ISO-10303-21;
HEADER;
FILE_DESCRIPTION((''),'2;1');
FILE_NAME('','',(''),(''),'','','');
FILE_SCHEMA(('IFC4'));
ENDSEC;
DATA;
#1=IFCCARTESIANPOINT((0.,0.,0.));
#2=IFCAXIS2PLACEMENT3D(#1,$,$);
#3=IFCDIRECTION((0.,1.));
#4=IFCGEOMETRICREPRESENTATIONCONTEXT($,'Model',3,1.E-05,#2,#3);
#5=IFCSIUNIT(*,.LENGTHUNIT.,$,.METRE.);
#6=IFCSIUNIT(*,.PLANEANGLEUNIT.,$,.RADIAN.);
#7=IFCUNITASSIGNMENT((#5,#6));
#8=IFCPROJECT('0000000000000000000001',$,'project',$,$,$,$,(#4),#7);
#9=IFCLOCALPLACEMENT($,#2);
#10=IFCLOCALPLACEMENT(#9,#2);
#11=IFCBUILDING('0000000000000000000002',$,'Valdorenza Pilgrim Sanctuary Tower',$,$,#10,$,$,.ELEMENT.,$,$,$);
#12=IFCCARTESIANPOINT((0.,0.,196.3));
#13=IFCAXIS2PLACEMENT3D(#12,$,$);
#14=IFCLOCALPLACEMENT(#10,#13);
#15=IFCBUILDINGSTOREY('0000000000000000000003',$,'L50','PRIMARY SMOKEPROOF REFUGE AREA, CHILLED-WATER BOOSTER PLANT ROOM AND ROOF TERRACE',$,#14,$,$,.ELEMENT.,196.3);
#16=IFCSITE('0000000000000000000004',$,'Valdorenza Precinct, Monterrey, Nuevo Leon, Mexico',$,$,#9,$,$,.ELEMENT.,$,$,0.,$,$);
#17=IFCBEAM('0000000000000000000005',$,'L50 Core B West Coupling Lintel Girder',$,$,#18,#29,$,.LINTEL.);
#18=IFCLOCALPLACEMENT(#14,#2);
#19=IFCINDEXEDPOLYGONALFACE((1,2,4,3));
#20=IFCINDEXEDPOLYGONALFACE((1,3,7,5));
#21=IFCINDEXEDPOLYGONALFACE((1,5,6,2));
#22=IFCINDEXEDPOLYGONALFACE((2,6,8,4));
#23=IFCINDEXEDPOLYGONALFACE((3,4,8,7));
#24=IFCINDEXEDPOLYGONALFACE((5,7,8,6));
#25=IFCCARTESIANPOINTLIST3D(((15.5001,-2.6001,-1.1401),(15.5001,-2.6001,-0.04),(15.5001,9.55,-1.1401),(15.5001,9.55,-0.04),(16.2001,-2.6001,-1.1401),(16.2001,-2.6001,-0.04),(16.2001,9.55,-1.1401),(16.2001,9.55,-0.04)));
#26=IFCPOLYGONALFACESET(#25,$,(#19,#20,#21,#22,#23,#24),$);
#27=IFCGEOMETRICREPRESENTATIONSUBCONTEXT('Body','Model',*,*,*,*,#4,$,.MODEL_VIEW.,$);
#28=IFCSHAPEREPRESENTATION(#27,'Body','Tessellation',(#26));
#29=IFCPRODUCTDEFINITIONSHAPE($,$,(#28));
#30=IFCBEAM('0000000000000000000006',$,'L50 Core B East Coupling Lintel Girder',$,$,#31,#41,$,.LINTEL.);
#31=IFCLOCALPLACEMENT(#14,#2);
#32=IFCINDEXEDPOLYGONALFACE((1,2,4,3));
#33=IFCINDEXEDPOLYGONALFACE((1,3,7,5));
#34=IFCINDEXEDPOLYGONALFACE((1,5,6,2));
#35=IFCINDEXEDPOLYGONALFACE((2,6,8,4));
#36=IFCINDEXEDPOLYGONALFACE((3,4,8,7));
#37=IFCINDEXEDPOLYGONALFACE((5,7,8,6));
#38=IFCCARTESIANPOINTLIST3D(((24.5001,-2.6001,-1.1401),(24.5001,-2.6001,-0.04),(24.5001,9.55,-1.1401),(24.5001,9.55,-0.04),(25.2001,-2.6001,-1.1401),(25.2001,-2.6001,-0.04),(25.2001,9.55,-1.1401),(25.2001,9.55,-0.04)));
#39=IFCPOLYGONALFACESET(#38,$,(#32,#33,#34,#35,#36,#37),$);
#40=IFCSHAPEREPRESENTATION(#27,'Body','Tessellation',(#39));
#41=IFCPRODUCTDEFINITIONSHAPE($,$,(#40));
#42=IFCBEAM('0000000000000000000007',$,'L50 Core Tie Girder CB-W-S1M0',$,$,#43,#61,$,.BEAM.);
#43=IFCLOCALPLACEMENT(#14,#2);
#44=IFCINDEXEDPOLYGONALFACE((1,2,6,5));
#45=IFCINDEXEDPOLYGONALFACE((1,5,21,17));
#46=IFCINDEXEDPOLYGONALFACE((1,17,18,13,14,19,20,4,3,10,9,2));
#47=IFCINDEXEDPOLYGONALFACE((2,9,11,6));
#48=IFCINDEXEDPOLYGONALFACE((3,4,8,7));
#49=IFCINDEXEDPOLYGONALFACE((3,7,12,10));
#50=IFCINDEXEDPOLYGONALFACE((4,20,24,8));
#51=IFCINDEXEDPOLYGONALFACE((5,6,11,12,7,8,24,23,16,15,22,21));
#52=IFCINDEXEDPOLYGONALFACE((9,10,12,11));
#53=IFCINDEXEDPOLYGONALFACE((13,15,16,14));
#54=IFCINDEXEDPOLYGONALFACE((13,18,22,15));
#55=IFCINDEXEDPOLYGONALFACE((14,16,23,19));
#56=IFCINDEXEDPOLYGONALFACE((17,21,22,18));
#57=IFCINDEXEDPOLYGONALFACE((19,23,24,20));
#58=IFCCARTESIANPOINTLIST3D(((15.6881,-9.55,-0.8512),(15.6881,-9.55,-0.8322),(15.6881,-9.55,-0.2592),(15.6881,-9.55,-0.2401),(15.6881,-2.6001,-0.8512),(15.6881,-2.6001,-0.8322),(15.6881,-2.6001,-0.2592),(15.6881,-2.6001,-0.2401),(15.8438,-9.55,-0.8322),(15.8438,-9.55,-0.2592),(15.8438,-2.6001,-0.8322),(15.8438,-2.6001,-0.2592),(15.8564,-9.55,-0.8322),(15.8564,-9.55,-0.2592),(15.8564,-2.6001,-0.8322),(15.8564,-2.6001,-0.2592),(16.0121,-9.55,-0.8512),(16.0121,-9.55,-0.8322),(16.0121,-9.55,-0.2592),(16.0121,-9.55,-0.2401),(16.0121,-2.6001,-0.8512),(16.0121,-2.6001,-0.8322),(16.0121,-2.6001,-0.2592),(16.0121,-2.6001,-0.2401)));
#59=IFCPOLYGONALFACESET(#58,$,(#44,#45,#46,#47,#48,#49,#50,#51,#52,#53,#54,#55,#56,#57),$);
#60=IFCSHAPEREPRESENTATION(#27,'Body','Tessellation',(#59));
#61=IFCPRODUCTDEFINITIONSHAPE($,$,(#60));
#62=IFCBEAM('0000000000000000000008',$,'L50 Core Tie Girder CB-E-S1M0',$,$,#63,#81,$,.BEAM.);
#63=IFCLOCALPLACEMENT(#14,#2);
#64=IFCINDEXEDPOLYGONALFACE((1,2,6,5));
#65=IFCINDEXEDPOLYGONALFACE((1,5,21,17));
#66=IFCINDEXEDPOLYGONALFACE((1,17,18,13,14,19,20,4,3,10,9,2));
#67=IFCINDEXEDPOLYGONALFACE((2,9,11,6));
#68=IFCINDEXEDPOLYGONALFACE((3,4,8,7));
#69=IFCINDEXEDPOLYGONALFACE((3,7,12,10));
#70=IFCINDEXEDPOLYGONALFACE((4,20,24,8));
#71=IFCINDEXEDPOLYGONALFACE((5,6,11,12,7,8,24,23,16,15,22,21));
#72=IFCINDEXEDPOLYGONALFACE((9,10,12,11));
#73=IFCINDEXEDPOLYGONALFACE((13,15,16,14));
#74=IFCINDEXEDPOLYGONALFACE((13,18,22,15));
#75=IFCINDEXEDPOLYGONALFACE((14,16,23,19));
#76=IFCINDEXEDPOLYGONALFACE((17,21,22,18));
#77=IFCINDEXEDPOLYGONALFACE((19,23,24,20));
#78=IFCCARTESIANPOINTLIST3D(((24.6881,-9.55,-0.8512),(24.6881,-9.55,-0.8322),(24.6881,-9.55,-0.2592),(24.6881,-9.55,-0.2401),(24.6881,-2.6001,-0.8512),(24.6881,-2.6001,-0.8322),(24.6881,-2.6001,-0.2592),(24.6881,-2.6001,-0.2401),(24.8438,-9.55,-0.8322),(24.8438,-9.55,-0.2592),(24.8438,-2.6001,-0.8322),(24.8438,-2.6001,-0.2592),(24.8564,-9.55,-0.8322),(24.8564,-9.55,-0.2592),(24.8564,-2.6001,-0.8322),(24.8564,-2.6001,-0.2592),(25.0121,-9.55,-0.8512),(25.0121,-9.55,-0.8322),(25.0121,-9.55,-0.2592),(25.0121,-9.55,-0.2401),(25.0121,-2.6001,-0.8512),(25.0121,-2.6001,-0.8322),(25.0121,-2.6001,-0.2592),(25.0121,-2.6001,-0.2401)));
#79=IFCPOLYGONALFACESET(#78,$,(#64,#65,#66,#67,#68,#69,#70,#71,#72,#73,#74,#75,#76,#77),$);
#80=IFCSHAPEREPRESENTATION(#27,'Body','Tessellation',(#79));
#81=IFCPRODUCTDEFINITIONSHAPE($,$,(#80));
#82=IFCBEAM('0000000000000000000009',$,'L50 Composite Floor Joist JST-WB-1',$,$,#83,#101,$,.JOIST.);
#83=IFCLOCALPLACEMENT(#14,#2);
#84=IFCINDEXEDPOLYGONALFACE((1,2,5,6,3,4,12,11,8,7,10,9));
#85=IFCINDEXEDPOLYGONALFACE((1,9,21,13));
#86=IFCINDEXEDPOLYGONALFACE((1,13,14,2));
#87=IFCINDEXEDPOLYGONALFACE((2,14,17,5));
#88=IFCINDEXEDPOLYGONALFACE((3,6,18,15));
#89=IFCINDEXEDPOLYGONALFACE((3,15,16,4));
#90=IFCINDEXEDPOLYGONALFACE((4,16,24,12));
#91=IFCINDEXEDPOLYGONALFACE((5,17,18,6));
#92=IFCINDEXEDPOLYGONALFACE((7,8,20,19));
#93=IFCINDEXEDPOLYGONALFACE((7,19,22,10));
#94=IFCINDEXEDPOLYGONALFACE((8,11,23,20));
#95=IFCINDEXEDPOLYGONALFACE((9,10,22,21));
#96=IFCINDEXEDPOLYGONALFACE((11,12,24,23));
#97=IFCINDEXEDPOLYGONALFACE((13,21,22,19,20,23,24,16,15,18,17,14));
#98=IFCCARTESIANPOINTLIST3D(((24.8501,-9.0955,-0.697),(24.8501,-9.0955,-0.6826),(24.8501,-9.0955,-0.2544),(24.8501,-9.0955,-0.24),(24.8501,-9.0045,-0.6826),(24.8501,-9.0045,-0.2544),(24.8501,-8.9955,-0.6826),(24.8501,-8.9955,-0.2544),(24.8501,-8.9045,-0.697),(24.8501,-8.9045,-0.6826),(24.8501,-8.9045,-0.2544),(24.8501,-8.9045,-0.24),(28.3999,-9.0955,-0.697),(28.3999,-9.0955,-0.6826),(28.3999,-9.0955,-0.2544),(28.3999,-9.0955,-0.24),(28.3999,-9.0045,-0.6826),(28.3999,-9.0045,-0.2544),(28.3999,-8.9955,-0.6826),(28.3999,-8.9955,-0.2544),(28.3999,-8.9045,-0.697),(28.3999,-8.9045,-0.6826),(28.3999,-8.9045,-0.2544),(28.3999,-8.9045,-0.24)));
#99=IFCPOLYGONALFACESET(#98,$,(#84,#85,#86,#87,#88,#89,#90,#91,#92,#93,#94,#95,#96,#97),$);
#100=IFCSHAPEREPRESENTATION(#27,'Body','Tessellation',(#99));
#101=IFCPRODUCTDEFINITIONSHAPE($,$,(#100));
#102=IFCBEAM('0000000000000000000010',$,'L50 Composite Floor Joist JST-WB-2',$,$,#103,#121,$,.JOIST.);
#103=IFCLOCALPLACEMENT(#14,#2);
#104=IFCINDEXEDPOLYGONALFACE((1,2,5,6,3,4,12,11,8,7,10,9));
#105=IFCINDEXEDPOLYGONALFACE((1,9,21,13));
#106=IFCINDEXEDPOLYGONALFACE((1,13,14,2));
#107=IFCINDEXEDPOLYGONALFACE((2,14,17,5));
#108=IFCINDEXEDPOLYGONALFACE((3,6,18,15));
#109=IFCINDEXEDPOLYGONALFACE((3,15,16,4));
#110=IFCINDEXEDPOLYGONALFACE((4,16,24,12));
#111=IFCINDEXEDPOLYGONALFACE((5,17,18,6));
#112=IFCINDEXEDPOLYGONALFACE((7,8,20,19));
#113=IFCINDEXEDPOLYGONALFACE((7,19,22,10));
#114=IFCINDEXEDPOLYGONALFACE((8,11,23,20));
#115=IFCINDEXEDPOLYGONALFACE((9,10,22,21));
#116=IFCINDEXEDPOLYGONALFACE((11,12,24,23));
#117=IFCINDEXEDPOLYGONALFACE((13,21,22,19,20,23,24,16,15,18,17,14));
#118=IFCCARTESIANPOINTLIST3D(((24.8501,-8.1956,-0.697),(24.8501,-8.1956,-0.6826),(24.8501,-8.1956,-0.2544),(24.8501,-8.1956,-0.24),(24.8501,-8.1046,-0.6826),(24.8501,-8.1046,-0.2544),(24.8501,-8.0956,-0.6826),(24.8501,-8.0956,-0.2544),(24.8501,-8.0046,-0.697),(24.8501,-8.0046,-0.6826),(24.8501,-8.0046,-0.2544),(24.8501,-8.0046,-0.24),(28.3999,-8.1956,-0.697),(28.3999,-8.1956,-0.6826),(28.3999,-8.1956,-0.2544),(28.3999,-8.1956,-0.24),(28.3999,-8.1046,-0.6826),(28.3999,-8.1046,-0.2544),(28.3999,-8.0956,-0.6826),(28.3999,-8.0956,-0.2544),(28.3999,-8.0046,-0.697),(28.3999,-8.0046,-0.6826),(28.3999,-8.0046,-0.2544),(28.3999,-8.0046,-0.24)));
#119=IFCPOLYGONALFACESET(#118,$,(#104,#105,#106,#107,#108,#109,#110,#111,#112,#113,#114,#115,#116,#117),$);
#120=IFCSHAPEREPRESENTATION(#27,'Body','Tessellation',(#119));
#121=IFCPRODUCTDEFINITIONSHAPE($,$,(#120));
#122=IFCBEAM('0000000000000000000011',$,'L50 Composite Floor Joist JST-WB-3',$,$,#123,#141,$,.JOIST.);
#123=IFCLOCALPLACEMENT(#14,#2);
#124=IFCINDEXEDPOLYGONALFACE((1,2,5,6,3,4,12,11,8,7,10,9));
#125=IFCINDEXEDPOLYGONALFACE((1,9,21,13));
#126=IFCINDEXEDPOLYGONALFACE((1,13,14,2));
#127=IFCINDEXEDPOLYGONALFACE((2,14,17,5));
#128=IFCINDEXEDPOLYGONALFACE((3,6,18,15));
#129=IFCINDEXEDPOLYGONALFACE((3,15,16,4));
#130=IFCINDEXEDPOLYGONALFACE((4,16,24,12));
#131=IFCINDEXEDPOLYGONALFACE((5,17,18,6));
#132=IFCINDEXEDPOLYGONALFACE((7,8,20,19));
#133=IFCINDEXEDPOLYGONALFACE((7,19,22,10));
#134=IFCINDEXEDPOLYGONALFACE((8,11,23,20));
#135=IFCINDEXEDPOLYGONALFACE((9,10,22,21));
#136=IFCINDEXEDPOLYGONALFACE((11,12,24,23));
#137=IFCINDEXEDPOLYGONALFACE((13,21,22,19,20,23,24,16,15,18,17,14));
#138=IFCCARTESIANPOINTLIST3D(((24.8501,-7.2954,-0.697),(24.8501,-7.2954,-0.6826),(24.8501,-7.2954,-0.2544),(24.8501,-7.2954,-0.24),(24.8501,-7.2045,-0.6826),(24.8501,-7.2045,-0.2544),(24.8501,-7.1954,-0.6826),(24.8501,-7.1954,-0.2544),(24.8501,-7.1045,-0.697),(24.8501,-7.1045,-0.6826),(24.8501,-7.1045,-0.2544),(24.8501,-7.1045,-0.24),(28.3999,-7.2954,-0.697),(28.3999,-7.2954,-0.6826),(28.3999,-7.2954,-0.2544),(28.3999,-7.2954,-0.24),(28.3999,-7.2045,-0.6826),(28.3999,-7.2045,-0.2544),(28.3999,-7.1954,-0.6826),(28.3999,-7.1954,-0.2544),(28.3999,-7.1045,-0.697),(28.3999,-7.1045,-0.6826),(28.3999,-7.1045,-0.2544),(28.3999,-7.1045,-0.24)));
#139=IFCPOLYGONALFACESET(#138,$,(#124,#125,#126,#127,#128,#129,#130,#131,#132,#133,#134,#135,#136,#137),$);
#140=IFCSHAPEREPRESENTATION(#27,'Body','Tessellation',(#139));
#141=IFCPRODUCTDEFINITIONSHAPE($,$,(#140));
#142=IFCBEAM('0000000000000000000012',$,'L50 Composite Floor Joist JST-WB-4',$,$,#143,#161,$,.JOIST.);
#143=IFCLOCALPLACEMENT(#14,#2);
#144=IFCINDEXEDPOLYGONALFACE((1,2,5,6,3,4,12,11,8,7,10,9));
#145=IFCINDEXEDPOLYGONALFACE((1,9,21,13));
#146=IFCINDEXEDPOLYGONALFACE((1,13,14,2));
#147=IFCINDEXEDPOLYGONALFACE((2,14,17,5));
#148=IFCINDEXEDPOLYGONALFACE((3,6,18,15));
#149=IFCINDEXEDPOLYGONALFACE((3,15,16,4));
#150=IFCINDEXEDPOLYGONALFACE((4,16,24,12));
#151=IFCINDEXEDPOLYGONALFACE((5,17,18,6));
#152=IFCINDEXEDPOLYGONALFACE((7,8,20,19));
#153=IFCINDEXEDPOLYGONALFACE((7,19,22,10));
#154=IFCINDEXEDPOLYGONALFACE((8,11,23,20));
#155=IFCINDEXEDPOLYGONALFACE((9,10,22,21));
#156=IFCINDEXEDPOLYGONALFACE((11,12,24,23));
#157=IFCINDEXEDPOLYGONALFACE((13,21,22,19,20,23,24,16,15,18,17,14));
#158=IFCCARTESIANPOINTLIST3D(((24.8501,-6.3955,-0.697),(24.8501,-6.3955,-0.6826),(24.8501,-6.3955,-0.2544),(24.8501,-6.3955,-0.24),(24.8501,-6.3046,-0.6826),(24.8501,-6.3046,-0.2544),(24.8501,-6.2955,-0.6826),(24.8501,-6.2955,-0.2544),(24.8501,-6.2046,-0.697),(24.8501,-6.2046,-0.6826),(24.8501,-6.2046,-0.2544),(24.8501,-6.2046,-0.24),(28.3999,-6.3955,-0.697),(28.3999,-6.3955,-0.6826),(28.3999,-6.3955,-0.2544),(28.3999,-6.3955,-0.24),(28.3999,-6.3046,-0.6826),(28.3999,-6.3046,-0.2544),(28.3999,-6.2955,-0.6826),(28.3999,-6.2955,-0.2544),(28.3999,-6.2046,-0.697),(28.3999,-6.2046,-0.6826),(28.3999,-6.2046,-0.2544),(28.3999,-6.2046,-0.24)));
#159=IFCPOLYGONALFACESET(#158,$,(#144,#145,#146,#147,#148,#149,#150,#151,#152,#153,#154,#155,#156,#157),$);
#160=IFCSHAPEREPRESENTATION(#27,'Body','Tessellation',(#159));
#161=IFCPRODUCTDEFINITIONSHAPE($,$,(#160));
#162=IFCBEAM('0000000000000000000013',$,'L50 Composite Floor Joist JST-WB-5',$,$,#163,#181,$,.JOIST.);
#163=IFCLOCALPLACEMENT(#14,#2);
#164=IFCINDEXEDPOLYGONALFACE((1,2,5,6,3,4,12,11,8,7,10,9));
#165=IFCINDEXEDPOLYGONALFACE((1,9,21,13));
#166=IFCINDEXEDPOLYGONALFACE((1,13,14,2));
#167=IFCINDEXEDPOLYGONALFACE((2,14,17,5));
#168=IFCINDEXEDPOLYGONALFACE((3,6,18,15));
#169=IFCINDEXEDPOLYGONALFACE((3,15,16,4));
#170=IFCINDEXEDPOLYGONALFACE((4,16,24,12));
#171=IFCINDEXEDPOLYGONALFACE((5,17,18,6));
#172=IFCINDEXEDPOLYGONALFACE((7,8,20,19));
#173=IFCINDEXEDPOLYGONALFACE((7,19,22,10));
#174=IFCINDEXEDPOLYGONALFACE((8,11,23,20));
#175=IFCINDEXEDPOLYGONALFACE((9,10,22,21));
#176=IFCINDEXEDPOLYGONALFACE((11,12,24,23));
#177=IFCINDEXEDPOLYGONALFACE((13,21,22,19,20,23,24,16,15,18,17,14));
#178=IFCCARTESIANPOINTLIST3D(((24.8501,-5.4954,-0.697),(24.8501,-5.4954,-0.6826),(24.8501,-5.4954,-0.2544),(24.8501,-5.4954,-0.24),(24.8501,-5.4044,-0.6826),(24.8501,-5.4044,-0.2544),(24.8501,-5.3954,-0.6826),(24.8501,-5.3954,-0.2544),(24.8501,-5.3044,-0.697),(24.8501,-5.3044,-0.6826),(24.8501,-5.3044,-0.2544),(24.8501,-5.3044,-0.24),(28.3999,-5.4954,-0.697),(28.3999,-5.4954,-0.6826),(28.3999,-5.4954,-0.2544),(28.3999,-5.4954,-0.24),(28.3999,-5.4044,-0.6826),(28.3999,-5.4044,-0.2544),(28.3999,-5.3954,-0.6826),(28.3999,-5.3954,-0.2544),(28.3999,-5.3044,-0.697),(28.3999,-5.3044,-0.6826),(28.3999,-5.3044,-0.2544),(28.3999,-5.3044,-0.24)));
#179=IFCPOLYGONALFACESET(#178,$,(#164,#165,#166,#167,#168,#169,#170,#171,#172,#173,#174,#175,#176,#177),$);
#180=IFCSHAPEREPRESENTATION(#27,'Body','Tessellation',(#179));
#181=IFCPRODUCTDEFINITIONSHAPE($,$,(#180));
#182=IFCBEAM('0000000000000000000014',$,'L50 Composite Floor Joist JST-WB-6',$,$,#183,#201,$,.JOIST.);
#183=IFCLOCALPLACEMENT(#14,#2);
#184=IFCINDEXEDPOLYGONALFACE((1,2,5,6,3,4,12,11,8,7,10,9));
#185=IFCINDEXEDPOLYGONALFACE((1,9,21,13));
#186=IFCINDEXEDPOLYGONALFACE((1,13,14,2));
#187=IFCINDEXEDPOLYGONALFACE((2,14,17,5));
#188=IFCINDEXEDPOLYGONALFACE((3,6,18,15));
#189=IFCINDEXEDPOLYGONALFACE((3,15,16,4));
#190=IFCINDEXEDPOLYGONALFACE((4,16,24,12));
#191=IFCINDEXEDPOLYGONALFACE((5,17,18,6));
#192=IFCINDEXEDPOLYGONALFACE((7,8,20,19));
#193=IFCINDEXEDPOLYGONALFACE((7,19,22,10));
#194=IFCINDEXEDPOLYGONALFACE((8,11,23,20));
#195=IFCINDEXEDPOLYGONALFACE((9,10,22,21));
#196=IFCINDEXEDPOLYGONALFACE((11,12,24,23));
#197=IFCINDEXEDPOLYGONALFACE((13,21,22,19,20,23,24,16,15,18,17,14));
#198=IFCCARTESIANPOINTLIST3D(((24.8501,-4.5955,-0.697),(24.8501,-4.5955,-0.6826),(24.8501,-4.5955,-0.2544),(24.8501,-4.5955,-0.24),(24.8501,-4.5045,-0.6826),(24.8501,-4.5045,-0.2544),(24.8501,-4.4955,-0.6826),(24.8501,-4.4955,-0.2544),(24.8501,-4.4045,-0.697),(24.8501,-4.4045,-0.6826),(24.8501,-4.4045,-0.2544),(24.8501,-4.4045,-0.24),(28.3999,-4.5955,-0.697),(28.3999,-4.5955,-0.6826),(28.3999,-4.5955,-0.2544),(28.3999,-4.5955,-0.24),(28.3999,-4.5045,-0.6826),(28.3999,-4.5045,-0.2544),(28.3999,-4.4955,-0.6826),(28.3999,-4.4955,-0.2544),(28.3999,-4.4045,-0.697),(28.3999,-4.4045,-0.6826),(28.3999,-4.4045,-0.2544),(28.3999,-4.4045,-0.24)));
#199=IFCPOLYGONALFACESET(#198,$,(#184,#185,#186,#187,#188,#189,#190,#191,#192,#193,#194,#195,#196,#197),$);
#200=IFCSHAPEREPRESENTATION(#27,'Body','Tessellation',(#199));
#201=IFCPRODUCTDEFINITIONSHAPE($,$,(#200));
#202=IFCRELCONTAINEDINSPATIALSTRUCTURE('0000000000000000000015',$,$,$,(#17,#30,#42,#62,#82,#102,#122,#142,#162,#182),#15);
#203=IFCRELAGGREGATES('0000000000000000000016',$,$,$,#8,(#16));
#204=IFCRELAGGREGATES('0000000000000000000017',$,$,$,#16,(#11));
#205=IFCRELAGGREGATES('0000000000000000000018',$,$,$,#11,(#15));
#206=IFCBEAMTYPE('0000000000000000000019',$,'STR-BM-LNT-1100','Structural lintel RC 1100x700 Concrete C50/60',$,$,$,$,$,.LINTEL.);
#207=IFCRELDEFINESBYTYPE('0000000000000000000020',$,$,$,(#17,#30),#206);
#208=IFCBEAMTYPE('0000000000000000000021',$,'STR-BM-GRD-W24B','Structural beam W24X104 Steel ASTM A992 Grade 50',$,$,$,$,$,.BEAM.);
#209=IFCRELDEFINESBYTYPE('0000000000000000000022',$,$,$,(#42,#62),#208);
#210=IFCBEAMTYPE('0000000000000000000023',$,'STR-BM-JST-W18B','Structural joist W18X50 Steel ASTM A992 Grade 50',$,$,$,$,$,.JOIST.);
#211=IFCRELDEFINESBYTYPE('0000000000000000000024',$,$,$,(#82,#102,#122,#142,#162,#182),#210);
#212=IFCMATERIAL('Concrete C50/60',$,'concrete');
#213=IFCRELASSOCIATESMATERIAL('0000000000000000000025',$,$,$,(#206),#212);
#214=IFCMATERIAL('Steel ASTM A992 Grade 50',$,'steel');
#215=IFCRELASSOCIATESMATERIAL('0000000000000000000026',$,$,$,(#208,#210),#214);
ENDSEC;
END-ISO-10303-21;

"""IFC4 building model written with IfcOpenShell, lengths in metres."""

from ifc_helpers import new_model, si_unit, direction, frame, origin, origin_2d, place, context, subcontext, project, spatial, rectangle, i_section, extrude, source, transform, mapped, material, material_profile, profile_set, type_object, element, save


model = new_model("IFC4")

# Units and contexts
model_context = context("Model", 3, precision=1e-05, world=origin(), true_north=direction((0.0, 1.0)))
body_context = subcontext(model_context, "Body", "Model", "MODEL_VIEW")
ifc_project = project(units=[si_unit("LENGTHUNIT", "METRE"), si_unit("PLANEANGLEUNIT", "RADIAN")], contexts=[model_context])

# Site, building, storey
site_placement = place(None, origin())
site = spatial("IfcSite", under=ifc_project, at=site_placement, Name="Valdorenza Precinct, Monterrey, Nuevo Leon, Mexico", CompositionType="ELEMENT", RefElevation=0.0)
building_placement = place(site_placement, origin())
building = spatial("IfcBuilding", under=site, at=building_placement, Name="Valdorenza Pilgrim Sanctuary Tower", CompositionType="ELEMENT")
storey_placement = place(building_placement, frame((0.0, 0.0, 196.3)))
storey = spatial("IfcBuildingStorey", under=building, at=storey_placement, Name="L50", Description="PRIMARY SMOKEPROOF REFUGE AREA, CHILLED-WATER BOOSTER PLANT ROOM AND ROOF TERRACE", CompositionType="ELEMENT", Elevation=196.3)

# Beams
ifc_material_1 = material(Name="Concrete C50/60", Category="concrete")
ifc_material_profile_1 = material_profile(ifc_material_1, rectangle(XDim=0.7, YDim=1.1001, at=origin_2d()), Name="RC 1100x700")
ifc_profile_set_1 = profile_set([ifc_material_profile_1], Name="Concrete C50/60")
beam_type_1 = type_object("IfcBeamType", Name="STR-BM-LNT-1100", Description="Structural lintel RC 1100x700 Concrete C50/60", PredefinedType="LINTEL", material=ifc_profile_set_1)
shared_shape_1 = source(origin(), body_context, "Body", "SweptSolid", [
    extrude(rectangle(XDim=0.7, YDim=1.1001, at=origin_2d()), origin(), (0.0, 0.0, 1.0), 12.1501),
])
for number, where, z_axis, x_axis, name in (
    (1, (15.8501, -2.6001, -0.5901), (0.0, 1.0, 0.0), (-1.0, 0.0, 0.0), "L50 Core B West Coupling Lintel Girder"),
    (2, (24.8501, -2.6001, -0.5901), (0.0, 1.0, 0.0), (-1.0, 0.0, 0.0), "L50 Core B East Coupling Lintel Girder"),
):
    element("IfcBeam", number, at=place(storey_placement, frame(where, z_axis=z_axis, x_axis=x_axis)), inside=storey, type_object=beam_type_1, Name=name, PredefinedType="LINTEL", context=body_context, shape_type="MappedRepresentation", body=[
        mapped(shared_shape_1, transform((0.0, 0.0, 0.0), x_axis=(1.0, 0.0, 0.0), y_axis=(0.0, 1.0, 0.0), z_axis=(0.0, 0.0, 1.0), scale=1.0)),
    ])
ifc_material_2 = material(Name="Steel ASTM A992 Grade 50", Category="steel")
ifc_material_profile_2 = material_profile(ifc_material_2, i_section(OverallWidth=0.324, OverallDepth=0.6111, WebThickness=0.0127, FlangeThickness=0.019, at=origin_2d()), Name="W24X104")
ifc_profile_set_2 = profile_set([ifc_material_profile_2], Name="Steel ASTM A992 Grade 50")
beam_type_2 = type_object("IfcBeamType", Name="STR-BM-GRD-W24B", Description="Structural beam W24X104 Steel ASTM A992 Grade 50", PredefinedType="BEAM", material=ifc_profile_set_2)
shared_shape_2 = source(origin(), body_context, "Body", "SweptSolid", [
    extrude(i_section(OverallWidth=0.324, OverallDepth=0.6111, WebThickness=0.0127, FlangeThickness=0.019, at=origin_2d()), origin(), (0.0, 0.0, 1.0), 6.95),
])
for number, where, z_axis, x_axis, name in (
    (3, (15.8501, -9.55, -0.5457), (0.0, 1.0, 0.0), (-1.0, 0.0, 0.0), "L50 Core Tie Girder CB-W-S1M0"),
    (4, (24.8501, -9.55, -0.5457), (0.0, 1.0, 0.0), (-1.0, 0.0, 0.0), "L50 Core Tie Girder CB-E-S1M0"),
):
    element("IfcBeam", number, at=place(storey_placement, frame(where, z_axis=z_axis, x_axis=x_axis)), inside=storey, type_object=beam_type_2, Name=name, PredefinedType="BEAM", context=body_context, shape_type="MappedRepresentation", body=[
        mapped(shared_shape_2, transform((0.0, 0.0, 0.0), x_axis=(1.0, 0.0, 0.0), y_axis=(0.0, 1.0, 0.0), z_axis=(0.0, 0.0, 1.0), scale=1.0)),
    ])
ifc_material_profile_3 = material_profile(ifc_material_2, i_section(OverallWidth=0.1909, OverallDepth=0.457, WebThickness=0.009, FlangeThickness=0.0144, at=origin_2d()), Name="W18X50")
ifc_profile_set_3 = profile_set([ifc_material_profile_3], Name="Steel ASTM A992 Grade 50")
beam_type_3 = type_object("IfcBeamType", Name="STR-BM-JST-W18B", Description="Structural joist W18X50 Steel ASTM A992 Grade 50", PredefinedType="JOIST", material=ifc_profile_set_3)
shared_shape_3 = source(origin(), body_context, "Body", "SweptSolid", [
    extrude(i_section(OverallWidth=0.1909, OverallDepth=0.457, WebThickness=0.009, FlangeThickness=0.0144, at=origin_2d()), origin(), (0.0, 0.0, 1.0), 3.5498),
])
for number, where, z_axis, x_axis, name in (
    (5, (24.8501, -9.0, -0.4685), (1.0, 0.0, 0.0), (0.0, 1.0, 0.0), "L50 Composite Floor Joist JST-WB-1"),
    (6, (24.8501, -8.1001, -0.4685), (1.0, 0.0, 0.0), (0.0, 1.0, 0.0), "L50 Composite Floor Joist JST-WB-2"),
    (7, (24.8501, -7.2, -0.4685), (1.0, 0.0, 0.0), (0.0, 1.0, 0.0), "L50 Composite Floor Joist JST-WB-3"),
    (8, (24.8501, -6.3, -0.4685), (1.0, 0.0, 0.0), (0.0, 1.0, 0.0), "L50 Composite Floor Joist JST-WB-4"),
    (9, (24.8501, -5.3999, -0.4685), (1.0, 0.0, 0.0), (0.0, 1.0, 0.0), "L50 Composite Floor Joist JST-WB-5"),
    (10, (24.8501, -4.5, -0.4685), (1.0, 0.0, 0.0), (0.0, 1.0, 0.0), "L50 Composite Floor Joist JST-WB-6"),
):
    element("IfcBeam", number, at=place(storey_placement, frame(where, z_axis=z_axis, x_axis=x_axis)), inside=storey, type_object=beam_type_3, Name=name, PredefinedType="JOIST", context=body_context, shape_type="MappedRepresentation", body=[
        mapped(shared_shape_3, transform((0.0, 0.0, 0.0), x_axis=(1.0, 0.0, 0.0), y_axis=(0.0, 1.0, 0.0), z_axis=(0.0, 0.0, 1.0), scale=1.0)),
    ])

save(model, "model.ifc")
